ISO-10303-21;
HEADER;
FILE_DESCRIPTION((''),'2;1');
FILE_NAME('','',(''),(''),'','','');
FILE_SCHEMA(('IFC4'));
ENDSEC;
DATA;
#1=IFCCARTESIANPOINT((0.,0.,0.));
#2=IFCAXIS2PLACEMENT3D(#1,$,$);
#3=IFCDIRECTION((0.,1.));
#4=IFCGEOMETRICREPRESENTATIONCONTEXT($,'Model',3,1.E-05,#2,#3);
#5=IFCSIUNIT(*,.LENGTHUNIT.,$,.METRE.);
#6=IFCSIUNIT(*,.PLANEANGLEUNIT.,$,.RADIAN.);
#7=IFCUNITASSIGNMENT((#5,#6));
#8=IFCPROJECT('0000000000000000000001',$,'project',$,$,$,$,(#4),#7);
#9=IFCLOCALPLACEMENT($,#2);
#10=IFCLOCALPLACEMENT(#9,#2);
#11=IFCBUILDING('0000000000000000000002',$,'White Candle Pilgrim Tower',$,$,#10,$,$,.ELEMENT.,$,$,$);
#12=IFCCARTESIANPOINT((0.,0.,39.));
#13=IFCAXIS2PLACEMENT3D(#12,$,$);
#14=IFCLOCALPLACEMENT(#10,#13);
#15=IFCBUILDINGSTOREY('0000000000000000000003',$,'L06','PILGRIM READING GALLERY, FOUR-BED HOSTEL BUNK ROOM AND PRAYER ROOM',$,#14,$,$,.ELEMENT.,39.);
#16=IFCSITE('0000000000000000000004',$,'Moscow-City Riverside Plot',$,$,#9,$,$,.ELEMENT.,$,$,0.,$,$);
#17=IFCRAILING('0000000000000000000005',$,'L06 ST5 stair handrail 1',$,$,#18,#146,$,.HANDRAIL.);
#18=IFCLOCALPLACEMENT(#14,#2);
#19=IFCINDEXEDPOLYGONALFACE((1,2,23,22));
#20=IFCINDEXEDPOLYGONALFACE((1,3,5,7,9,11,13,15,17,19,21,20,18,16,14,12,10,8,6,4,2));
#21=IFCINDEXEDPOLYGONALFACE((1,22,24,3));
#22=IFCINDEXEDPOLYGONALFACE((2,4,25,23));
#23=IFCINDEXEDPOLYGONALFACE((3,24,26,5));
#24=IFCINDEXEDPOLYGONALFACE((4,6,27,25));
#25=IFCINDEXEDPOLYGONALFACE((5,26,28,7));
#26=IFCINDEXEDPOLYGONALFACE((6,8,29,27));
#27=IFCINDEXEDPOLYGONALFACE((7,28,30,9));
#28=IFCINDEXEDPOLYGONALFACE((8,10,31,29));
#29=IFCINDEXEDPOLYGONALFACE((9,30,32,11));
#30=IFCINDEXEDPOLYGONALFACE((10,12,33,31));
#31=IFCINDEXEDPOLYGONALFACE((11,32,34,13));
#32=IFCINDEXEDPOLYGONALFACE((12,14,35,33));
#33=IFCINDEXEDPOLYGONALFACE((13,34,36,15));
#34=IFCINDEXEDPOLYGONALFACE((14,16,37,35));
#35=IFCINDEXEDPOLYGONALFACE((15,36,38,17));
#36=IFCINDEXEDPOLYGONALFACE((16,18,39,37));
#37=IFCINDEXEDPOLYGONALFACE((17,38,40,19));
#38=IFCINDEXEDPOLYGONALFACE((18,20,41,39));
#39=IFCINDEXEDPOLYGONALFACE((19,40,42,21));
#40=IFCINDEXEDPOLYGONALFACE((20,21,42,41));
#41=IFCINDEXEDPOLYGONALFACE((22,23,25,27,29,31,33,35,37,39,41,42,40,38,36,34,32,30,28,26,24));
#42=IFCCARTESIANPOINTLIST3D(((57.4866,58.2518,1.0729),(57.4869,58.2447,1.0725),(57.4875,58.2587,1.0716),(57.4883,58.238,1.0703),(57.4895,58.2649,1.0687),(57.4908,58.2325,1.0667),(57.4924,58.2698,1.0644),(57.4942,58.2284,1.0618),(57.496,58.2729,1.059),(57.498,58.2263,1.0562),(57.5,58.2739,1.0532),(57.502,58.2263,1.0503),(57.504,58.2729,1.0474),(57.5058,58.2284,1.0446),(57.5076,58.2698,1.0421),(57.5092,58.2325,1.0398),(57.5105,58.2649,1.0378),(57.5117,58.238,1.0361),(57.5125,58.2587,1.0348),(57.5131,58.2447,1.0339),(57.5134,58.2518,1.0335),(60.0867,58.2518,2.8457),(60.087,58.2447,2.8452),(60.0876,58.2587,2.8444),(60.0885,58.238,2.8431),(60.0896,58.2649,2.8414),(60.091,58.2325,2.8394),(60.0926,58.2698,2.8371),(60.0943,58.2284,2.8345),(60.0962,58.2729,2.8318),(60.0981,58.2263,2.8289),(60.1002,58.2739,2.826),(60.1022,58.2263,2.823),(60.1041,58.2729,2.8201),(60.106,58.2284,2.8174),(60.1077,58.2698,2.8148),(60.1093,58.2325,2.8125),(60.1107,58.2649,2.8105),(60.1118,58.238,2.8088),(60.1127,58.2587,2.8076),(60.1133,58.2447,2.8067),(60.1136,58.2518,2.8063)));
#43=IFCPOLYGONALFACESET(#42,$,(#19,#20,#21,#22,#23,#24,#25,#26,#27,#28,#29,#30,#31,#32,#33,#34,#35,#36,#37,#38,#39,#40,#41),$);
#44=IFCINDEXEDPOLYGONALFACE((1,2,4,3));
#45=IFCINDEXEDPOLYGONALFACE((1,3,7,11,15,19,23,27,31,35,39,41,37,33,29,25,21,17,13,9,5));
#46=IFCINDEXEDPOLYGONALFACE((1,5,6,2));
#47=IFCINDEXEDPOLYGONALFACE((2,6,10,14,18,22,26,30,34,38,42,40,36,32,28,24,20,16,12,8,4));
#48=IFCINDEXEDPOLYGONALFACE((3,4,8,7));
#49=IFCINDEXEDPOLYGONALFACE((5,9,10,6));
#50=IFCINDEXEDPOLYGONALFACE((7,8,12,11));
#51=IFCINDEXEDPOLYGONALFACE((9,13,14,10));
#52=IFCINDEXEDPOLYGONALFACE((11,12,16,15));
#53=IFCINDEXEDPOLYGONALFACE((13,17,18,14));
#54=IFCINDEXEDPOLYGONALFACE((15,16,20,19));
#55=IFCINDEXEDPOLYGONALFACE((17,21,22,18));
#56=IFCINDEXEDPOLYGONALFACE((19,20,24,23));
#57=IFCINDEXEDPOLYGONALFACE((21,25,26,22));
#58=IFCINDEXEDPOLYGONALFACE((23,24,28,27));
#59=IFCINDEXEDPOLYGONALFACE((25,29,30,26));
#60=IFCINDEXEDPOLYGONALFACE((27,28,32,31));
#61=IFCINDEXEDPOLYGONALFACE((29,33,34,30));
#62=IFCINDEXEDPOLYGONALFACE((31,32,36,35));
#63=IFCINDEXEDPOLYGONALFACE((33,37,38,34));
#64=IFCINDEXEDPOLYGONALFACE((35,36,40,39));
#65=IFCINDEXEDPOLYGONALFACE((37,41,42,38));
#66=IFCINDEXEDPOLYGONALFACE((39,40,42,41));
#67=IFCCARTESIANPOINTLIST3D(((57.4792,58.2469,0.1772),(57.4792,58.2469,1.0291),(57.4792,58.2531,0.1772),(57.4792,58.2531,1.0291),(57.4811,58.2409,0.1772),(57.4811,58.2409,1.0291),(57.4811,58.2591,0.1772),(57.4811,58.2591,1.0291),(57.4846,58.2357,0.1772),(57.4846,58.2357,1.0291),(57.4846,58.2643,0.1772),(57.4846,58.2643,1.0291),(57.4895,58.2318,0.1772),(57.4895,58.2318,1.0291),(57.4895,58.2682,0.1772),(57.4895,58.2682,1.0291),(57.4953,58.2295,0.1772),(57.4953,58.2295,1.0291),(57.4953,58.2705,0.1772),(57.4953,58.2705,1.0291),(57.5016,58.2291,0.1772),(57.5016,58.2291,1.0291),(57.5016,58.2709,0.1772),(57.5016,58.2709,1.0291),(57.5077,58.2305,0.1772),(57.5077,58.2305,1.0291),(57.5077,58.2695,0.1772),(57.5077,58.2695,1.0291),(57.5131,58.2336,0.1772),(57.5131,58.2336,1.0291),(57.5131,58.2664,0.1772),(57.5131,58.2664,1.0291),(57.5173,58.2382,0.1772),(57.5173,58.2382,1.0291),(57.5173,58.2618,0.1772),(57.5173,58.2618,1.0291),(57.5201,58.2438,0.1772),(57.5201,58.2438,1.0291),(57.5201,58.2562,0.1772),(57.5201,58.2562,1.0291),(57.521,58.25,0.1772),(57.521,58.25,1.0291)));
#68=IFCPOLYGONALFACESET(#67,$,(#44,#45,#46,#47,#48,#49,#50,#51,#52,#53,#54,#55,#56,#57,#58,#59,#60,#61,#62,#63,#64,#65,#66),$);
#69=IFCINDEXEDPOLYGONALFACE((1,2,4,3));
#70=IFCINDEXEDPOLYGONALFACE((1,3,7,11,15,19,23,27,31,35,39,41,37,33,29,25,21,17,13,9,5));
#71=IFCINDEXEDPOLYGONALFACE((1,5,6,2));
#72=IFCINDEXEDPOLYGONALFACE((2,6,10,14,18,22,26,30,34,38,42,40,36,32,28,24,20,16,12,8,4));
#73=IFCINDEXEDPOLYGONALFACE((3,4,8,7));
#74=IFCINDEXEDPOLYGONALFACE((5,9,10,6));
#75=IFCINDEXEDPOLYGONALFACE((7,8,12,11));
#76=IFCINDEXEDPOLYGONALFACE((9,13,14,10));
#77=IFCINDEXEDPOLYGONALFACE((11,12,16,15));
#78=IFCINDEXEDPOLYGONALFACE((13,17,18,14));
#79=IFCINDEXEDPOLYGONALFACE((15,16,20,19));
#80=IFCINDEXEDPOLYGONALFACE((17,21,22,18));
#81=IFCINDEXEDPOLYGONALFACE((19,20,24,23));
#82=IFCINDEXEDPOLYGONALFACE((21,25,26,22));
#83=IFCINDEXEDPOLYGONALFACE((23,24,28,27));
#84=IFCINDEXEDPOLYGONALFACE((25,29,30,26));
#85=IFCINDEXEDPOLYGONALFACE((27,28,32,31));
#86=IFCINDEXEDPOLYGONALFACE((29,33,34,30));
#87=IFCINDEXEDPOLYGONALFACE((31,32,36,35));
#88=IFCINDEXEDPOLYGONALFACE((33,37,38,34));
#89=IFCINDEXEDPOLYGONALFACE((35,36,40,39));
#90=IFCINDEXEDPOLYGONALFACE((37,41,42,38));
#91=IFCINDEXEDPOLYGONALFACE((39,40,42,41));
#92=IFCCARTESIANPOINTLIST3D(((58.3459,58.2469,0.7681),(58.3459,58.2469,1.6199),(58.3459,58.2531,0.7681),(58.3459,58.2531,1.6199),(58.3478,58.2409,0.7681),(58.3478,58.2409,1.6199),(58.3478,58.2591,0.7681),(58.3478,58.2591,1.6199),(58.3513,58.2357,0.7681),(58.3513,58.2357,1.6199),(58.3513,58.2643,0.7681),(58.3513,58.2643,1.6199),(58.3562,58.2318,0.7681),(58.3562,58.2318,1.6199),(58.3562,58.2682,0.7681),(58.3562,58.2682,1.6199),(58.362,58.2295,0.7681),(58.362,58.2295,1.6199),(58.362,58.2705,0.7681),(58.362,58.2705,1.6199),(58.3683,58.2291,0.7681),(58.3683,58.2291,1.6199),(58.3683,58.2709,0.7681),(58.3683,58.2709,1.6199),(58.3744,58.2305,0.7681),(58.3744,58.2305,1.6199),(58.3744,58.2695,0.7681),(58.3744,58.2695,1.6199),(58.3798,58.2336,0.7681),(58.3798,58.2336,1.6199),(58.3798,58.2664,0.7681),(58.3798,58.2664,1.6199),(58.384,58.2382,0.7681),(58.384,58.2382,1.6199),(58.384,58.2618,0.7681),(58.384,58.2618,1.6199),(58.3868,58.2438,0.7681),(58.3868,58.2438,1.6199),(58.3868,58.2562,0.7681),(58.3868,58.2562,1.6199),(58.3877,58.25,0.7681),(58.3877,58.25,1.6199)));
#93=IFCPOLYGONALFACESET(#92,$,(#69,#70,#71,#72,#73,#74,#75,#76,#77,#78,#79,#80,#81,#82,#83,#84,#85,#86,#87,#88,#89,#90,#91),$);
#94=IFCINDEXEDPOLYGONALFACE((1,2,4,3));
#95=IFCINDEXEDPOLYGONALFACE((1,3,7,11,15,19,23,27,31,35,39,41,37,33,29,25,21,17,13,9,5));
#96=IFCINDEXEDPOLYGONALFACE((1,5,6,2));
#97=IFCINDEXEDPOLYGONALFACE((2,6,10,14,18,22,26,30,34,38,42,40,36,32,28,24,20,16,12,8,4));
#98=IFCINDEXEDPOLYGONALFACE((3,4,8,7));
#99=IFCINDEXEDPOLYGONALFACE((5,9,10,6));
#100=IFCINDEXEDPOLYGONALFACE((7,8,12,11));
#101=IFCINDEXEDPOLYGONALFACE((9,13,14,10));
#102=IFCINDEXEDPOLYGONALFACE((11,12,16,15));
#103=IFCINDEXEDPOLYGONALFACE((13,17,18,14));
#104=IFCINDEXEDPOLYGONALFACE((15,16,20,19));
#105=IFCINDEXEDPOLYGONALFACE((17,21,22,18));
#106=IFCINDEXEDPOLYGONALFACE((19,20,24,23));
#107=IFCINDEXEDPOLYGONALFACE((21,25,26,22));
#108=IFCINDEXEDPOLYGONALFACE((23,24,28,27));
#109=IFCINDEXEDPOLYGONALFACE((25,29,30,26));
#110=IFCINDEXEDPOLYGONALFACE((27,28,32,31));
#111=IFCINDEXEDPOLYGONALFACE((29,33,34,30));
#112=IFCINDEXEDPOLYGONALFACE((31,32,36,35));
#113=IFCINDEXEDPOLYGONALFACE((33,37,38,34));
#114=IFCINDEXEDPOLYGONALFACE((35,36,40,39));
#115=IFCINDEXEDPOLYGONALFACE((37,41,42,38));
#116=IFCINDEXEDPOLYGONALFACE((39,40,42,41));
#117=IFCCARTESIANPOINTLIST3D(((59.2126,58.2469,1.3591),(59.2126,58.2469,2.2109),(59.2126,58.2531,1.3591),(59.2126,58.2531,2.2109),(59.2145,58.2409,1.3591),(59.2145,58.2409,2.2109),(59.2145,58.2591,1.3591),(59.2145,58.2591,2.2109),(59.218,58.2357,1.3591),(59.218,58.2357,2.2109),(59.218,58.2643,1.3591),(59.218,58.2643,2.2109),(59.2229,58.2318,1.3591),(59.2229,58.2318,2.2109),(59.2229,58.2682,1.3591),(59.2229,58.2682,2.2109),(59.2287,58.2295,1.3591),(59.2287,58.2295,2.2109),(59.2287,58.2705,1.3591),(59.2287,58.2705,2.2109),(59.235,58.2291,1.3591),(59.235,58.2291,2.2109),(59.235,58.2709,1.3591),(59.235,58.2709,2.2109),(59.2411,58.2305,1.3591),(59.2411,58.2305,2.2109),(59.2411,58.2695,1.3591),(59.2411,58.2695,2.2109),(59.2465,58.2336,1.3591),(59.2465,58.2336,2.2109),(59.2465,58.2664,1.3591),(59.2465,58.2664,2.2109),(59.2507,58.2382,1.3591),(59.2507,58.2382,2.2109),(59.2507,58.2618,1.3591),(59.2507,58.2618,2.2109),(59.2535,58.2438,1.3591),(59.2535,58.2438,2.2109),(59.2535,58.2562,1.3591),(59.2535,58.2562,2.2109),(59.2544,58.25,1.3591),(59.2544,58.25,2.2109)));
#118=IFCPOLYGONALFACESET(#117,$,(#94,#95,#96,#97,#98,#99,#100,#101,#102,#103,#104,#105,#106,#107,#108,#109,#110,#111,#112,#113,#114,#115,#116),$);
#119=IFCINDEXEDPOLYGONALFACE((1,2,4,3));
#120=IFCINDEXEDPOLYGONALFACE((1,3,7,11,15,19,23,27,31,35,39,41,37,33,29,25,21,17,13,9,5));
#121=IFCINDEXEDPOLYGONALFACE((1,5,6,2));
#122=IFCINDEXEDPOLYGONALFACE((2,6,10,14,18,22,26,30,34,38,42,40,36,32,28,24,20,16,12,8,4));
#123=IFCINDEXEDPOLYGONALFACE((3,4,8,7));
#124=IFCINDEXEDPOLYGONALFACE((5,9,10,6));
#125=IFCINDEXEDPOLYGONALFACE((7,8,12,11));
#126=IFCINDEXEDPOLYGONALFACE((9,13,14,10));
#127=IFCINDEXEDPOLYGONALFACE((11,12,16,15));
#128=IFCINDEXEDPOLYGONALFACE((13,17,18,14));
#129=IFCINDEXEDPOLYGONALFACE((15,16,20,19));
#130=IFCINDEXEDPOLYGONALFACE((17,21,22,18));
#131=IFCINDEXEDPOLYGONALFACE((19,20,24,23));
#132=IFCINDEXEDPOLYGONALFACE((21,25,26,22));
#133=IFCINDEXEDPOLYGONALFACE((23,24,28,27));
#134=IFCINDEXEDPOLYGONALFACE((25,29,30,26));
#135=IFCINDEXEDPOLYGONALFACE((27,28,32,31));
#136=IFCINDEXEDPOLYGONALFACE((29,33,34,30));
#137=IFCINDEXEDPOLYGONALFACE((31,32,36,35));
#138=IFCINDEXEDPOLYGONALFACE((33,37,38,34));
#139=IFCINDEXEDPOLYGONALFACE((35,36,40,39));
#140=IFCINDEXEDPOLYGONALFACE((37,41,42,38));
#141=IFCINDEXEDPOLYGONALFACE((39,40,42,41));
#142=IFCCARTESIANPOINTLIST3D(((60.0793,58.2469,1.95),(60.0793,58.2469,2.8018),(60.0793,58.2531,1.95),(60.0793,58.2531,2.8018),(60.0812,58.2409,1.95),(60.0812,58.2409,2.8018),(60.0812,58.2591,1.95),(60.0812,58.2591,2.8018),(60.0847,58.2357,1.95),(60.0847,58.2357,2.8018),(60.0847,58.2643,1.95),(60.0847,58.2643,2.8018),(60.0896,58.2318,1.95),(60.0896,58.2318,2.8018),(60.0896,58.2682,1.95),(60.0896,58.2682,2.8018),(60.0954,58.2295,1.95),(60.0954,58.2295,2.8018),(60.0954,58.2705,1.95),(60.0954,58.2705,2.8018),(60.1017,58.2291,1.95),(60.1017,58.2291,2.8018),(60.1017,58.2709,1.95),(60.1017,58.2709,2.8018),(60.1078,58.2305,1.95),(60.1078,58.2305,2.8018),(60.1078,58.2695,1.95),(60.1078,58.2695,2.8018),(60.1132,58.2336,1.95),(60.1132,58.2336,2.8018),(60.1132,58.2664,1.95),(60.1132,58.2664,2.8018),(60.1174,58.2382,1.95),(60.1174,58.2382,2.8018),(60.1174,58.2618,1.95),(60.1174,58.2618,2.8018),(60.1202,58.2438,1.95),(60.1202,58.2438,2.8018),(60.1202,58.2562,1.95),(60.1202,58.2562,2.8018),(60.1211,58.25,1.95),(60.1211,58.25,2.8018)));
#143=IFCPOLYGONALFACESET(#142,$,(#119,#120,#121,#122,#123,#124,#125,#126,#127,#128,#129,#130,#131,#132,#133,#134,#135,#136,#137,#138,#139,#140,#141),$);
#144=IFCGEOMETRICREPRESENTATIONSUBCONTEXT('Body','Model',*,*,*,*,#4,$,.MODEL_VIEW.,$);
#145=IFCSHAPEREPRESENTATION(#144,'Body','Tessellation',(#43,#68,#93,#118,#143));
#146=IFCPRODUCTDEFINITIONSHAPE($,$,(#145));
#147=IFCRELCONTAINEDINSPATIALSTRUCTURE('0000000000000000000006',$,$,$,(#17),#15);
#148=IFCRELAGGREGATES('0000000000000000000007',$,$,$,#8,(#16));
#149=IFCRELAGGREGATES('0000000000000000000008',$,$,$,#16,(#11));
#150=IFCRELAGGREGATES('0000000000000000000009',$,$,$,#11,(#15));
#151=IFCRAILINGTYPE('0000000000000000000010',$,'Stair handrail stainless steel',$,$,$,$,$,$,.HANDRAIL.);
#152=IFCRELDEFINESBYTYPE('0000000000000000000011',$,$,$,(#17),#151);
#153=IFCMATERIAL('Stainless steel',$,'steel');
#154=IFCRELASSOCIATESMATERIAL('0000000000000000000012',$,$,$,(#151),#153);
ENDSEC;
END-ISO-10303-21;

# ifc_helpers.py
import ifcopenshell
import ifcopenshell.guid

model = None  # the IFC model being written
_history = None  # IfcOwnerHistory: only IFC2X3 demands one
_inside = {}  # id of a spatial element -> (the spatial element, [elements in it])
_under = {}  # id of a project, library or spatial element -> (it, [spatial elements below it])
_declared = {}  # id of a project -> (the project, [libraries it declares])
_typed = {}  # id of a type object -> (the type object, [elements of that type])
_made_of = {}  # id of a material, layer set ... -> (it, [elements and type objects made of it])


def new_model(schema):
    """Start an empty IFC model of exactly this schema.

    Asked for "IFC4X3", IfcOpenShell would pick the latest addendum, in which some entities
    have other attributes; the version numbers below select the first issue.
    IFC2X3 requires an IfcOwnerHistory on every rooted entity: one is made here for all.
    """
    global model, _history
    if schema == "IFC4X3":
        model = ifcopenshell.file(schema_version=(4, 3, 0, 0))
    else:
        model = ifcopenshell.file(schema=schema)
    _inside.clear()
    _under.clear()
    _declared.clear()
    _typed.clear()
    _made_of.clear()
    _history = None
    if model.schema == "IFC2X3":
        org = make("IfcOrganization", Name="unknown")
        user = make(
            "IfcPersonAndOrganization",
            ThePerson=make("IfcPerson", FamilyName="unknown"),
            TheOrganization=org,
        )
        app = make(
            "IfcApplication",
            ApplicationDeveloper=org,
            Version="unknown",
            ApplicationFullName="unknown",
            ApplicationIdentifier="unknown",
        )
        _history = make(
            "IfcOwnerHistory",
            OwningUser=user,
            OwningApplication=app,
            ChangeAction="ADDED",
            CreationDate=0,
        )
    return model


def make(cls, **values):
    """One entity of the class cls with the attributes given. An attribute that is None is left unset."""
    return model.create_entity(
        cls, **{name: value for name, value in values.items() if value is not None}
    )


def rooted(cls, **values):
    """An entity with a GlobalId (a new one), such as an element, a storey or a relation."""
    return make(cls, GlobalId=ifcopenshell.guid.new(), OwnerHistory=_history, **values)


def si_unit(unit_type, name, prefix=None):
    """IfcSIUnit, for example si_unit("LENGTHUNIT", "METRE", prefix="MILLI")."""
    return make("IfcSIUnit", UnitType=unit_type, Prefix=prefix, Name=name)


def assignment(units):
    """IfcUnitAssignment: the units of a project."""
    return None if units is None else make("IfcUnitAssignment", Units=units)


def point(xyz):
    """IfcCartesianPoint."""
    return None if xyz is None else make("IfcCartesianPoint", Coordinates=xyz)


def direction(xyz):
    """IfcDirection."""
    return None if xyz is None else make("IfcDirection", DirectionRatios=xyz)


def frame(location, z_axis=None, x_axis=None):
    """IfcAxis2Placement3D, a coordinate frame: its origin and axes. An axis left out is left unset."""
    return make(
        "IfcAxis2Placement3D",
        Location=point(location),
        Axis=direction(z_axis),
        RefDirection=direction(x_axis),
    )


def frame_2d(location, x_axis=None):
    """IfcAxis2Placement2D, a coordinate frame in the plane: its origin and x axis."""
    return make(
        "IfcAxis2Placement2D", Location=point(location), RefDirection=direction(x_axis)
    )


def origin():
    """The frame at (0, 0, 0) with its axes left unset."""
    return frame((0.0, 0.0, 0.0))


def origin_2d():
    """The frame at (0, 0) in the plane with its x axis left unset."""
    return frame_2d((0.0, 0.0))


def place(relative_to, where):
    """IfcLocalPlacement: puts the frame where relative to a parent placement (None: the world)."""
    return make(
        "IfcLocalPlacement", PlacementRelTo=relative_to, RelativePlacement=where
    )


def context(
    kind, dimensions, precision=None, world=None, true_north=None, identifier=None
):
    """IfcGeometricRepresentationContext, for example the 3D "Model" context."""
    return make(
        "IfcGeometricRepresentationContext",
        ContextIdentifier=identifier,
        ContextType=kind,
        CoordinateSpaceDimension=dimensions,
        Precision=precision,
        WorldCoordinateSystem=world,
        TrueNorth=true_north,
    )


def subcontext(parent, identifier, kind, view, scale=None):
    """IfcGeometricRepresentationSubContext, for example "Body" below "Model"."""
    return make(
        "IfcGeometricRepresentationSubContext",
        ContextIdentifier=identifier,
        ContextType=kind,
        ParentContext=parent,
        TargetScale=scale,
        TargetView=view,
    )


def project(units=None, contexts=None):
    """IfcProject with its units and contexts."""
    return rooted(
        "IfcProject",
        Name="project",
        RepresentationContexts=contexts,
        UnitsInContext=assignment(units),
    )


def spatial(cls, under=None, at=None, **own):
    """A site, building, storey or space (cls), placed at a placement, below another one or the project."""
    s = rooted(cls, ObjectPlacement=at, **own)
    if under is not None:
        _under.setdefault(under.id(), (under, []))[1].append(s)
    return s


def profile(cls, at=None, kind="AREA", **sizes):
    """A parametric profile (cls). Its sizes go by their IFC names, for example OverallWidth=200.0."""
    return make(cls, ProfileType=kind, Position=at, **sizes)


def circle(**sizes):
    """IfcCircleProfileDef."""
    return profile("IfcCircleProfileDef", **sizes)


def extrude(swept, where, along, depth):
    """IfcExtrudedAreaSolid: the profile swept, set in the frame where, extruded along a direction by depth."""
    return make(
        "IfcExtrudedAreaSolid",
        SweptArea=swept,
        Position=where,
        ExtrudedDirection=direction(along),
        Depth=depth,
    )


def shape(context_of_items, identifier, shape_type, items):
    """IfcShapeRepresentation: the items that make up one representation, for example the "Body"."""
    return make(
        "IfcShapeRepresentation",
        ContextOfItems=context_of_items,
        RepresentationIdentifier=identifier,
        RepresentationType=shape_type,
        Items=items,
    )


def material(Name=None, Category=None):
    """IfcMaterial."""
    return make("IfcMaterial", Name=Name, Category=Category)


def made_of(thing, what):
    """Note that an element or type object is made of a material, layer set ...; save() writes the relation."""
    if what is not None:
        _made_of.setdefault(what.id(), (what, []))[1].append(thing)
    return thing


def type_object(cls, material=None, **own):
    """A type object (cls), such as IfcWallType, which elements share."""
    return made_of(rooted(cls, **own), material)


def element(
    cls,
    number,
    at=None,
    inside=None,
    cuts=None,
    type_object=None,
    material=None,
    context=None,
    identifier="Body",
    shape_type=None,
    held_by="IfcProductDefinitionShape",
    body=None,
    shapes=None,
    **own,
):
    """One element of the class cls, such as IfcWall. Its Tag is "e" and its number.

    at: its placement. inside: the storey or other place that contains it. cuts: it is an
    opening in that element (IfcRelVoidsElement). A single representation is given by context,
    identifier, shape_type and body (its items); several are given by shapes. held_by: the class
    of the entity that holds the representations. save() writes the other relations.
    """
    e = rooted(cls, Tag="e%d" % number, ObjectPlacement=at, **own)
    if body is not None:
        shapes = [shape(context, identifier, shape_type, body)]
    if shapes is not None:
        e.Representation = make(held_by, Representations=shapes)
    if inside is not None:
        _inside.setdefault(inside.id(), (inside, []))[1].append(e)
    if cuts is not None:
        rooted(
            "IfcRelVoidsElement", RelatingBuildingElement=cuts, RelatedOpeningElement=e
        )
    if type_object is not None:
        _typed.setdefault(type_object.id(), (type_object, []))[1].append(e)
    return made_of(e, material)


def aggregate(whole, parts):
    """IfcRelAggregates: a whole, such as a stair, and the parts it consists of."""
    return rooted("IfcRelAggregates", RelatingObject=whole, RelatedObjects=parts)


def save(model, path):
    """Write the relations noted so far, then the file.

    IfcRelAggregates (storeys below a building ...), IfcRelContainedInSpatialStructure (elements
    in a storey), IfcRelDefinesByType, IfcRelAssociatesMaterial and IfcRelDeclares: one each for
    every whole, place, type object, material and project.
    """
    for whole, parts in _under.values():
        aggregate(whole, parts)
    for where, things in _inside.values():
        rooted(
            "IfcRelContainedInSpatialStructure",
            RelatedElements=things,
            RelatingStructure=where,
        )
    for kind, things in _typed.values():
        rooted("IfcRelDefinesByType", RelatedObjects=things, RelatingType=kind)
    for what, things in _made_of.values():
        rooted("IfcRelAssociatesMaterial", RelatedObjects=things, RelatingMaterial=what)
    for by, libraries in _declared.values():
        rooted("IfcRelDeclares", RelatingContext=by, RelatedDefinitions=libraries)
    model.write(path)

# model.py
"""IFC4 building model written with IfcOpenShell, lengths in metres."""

from ifc_helpers import new_model, si_unit, direction, frame, origin, origin_2d, place, context, subcontext, project, spatial, circle, extrude, material, type_object, element, save


model = new_model("IFC4")

# Units and contexts
model_context = context("Model", 3, precision=1e-05, world=origin(), true_north=direction((0.0, 1.0)))
body_context = subcontext(model_context, "Body", "Model", "MODEL_VIEW")
ifc_project = project(units=[si_unit("LENGTHUNIT", "METRE"), si_unit("PLANEANGLEUNIT", "RADIAN")], contexts=[model_context])

# Site, building, storey
site_placement = place(None, origin())
site = spatial("IfcSite", under=ifc_project, at=site_placement, Name="Moscow-City Riverside Plot", CompositionType="ELEMENT", RefElevation=0.0)
building_placement = place(site_placement, origin())
building = spatial("IfcBuilding", under=site, at=building_placement, Name="White Candle Pilgrim Tower", CompositionType="ELEMENT")
storey_placement = place(building_placement, frame((0.0, 0.0, 39.0)))
storey = spatial("IfcBuildingStorey", under=building, at=storey_placement, Name="L06", Description="PILGRIM READING GALLERY, FOUR-BED HOSTEL BUNK ROOM AND PRAYER ROOM", CompositionType="ELEMENT", Elevation=39.0)

# Railing
ifc_material_1 = material(Name="Stainless steel", Category="steel")
railing_type_1 = type_object("IfcRailingType", Name="Stair handrail stainless steel", PredefinedType="HANDRAIL", material=ifc_material_1)
railing_1_placement = place(storey_placement, frame((57.5, 58.25, 0.1772)))
element("IfcRailing", 1, at=railing_1_placement, inside=storey, type_object=railing_type_1, Name="L06 ST5 stair handrail 1", PredefinedType="HANDRAIL", context=body_context, shape_type="SweptSolid", body=[
    extrude(circle(Radius=0.0239, at=origin_2d()), frame((0.0, 0.0, 0.876), z_axis=(0.82624, 0.0, 0.563318), x_axis=(0.0, 1.0, 0.0)), (0.0, 0.0, 1.0), 3.147),
    extrude(circle(Radius=0.021, at=origin_2d()), origin(), (0.0, 0.0, 1.0), 0.8518),
    extrude(circle(Radius=0.021, at=origin_2d()), frame((0.8667, 0.0, 0.5908)), (0.0, 0.0, 1.0), 0.8518),
    extrude(circle(Radius=0.021, at=origin_2d()), frame((1.7334, 0.0, 1.1819)), (0.0, 0.0, 1.0), 0.8518),
    extrude(circle(Radius=0.021, at=origin_2d()), frame((2.6001, 0.0, 1.7727)), (0.0, 0.0, 1.0), 0.8518),
])

save(model, "model.ifc")
